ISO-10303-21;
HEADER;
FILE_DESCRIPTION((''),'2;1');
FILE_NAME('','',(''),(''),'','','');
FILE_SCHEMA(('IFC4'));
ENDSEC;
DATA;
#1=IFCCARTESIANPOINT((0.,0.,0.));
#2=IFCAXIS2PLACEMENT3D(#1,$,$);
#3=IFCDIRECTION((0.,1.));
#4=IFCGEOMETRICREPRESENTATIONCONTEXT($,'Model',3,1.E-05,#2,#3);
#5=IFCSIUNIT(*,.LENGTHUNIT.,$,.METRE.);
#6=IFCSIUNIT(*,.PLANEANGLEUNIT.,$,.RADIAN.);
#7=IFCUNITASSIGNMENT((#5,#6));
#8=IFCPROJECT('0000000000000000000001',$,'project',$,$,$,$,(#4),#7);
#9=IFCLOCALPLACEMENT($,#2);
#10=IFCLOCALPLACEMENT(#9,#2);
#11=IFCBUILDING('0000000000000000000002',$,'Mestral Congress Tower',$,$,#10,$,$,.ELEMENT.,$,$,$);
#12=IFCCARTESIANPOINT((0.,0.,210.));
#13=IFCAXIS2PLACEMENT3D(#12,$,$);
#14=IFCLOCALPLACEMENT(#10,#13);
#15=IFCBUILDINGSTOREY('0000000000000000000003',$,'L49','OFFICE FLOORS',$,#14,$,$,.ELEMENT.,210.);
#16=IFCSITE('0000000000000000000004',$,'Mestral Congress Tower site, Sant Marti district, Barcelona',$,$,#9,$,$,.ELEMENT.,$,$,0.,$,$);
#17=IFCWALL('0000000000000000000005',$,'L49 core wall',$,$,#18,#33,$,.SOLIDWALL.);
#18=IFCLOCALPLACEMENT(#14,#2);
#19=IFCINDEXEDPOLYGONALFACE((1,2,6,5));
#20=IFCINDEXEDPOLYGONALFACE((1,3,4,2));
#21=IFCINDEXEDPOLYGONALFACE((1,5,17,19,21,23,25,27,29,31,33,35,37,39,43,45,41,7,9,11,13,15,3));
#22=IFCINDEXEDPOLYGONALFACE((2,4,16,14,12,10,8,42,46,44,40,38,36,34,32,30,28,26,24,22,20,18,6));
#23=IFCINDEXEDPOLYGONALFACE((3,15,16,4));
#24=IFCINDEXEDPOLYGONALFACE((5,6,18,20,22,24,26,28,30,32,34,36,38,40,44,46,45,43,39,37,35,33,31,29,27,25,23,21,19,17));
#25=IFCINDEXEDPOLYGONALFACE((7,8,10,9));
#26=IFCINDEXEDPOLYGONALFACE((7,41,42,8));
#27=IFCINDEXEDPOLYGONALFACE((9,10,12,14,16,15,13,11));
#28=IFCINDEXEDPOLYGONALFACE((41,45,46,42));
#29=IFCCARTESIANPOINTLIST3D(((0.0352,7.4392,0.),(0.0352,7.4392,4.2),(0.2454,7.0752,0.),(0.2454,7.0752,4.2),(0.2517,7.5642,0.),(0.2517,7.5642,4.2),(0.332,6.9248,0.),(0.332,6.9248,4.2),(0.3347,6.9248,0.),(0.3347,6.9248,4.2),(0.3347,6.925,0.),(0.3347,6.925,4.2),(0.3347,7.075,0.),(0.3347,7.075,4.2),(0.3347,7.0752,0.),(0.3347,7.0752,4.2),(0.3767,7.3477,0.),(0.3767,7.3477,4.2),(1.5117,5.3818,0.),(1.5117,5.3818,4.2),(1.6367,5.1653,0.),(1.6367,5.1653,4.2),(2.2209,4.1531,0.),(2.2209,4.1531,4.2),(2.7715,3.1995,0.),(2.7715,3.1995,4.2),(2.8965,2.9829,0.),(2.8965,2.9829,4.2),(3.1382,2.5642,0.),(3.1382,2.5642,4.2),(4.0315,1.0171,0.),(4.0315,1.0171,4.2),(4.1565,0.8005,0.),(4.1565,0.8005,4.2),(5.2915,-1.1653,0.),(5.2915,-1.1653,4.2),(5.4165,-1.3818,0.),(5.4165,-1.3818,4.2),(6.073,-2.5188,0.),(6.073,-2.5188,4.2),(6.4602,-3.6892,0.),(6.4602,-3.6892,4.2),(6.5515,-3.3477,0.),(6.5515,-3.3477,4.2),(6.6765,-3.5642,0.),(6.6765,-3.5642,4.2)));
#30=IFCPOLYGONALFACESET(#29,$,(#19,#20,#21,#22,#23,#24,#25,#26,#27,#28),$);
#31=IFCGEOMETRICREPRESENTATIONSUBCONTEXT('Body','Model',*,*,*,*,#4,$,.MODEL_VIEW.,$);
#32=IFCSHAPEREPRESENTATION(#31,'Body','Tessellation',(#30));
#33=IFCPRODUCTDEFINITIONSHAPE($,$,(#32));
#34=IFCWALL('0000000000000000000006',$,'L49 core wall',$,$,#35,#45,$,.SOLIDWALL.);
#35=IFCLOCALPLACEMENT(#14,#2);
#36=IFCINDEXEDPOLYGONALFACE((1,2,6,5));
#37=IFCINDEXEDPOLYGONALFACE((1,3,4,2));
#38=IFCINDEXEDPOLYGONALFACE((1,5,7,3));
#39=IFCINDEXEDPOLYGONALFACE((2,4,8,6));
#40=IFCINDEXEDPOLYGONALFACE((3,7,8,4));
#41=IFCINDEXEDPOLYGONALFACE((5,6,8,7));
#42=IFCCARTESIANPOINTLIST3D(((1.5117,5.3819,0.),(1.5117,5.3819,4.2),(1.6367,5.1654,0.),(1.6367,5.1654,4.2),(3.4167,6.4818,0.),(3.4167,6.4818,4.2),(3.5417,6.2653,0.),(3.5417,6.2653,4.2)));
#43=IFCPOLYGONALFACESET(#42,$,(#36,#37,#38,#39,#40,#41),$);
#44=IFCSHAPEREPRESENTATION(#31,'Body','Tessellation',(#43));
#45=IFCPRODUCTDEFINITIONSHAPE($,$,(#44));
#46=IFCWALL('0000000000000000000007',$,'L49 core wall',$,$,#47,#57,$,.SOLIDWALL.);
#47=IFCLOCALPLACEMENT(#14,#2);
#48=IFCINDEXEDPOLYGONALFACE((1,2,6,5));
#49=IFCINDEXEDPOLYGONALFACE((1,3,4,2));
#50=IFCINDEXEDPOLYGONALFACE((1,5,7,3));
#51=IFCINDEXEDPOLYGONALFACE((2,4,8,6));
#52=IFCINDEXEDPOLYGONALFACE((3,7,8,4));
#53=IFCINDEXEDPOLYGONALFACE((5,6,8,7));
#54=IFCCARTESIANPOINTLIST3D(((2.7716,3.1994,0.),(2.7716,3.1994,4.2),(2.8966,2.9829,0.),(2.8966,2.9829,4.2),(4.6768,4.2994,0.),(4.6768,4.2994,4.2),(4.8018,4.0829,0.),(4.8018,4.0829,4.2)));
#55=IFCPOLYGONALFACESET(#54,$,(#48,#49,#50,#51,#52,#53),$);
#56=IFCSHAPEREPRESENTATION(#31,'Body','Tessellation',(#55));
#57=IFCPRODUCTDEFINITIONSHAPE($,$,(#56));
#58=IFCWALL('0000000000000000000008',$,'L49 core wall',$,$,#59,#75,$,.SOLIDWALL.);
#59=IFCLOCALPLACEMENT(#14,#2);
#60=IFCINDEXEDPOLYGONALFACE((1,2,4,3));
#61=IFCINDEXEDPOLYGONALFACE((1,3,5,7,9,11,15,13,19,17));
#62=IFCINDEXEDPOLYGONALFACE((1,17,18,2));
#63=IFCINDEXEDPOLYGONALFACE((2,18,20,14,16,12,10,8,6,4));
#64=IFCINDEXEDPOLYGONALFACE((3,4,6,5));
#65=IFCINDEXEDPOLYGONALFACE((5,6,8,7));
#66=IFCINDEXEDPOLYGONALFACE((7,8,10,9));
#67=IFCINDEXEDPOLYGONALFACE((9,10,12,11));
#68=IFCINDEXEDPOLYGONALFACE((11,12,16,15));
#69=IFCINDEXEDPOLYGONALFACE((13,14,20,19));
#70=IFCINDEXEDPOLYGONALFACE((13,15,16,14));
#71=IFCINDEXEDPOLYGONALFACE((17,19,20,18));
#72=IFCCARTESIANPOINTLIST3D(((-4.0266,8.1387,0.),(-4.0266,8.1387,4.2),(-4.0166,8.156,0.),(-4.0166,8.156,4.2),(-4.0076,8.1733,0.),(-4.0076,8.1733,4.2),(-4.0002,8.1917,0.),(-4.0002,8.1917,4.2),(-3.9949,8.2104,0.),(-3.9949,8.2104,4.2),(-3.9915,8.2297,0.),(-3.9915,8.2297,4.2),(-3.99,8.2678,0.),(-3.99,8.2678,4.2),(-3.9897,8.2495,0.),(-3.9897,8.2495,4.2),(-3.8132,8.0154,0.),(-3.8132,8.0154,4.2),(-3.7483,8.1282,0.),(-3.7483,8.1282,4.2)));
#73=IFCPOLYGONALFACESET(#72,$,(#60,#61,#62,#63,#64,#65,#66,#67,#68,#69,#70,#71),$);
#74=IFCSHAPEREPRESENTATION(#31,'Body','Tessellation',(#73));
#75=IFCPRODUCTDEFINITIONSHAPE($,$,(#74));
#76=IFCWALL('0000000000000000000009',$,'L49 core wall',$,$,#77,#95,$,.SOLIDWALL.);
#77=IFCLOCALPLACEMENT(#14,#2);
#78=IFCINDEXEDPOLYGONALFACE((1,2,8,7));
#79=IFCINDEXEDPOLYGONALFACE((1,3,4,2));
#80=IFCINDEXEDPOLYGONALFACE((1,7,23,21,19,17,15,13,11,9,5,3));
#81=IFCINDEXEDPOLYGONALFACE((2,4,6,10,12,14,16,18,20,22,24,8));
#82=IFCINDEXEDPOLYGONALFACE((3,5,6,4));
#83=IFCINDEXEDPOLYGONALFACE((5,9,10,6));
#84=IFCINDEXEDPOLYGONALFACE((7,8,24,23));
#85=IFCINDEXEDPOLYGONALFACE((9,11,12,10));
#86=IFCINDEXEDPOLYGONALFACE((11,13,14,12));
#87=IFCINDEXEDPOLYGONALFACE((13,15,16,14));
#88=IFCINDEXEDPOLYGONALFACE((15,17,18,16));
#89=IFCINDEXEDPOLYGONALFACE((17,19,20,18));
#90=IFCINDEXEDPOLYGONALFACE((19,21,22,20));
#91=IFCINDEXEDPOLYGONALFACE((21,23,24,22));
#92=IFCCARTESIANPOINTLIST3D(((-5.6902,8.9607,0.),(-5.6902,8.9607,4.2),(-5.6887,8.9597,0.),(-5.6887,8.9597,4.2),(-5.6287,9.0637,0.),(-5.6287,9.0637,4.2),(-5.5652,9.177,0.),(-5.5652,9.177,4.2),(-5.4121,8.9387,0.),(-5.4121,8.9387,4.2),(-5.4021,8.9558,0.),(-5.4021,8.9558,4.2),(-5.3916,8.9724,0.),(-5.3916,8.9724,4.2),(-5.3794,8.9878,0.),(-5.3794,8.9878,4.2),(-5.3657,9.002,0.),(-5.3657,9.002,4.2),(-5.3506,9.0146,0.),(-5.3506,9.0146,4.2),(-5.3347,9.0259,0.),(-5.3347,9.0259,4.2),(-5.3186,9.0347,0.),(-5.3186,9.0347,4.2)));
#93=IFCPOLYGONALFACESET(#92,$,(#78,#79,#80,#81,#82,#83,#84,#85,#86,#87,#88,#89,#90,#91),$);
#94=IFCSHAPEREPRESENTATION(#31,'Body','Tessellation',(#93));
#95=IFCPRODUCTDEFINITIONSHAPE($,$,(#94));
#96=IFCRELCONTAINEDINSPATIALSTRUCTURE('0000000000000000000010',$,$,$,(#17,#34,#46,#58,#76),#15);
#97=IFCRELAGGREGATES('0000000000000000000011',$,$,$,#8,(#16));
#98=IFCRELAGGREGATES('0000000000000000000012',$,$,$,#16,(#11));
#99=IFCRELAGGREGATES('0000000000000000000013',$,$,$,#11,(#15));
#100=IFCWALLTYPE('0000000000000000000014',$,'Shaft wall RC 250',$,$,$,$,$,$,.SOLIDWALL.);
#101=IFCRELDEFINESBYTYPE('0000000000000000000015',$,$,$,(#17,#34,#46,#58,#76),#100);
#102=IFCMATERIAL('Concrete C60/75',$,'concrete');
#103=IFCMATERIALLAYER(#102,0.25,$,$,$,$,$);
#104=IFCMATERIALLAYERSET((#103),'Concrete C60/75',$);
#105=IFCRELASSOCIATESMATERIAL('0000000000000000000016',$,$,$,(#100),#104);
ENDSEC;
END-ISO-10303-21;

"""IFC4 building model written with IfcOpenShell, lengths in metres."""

from ifc_helpers import new_model, si_unit, direction, frame, frame_2d, origin, place, context, subcontext, project, spatial, polyline, rectangle, outline, extrude, material, layer, layer_set, type_object, element, save


model = new_model("IFC4")

# Units and contexts
model_context = context("Model", 3, precision=1e-05, world=origin(), true_north=direction((0.0, 1.0)))
body_context = subcontext(model_context, "Body", "Model", "MODEL_VIEW")
ifc_project = project(units=[si_unit("LENGTHUNIT", "METRE"), si_unit("PLANEANGLEUNIT", "RADIAN")], contexts=[model_context])

# Site, building, storey
site_placement = place(None, origin())
site = spatial("IfcSite", under=ifc_project, at=site_placement, Name="Mestral Congress Tower site, Sant Marti district, Barcelona", CompositionType="ELEMENT", RefElevation=0.0)
building_placement = place(site_placement, origin())
building = spatial("IfcBuilding", under=site, at=building_placement, Name="Mestral Congress Tower", CompositionType="ELEMENT")
storey_placement = place(building_placement, frame((0.0, 0.0, 210.0)))
storey = spatial("IfcBuildingStorey", under=building, at=storey_placement, Name="L49", Description="OFFICE FLOORS", CompositionType="ELEMENT", Elevation=210.0)

# Walls
ifc_material_1 = material(Name="Concrete C60/75", Category="concrete")
placement = place(storey_placement, origin())
ifc_layer_1 = layer(ifc_material_1, 0.25)
ifc_layer_set_1 = layer_set([ifc_layer_1], Name="Concrete C60/75")
wall_type_1 = type_object("IfcWallType", Name="Shaft wall RC 250", PredefinedType="SOLIDWALL", material=ifc_layer_set_1)
element("IfcWall", 1, at=placement, inside=storey, type_object=wall_type_1, Name="L49 core wall", PredefinedType="SOLIDWALL", context=body_context, shape_type="SweptSolid", body=[
    extrude(outline(polyline([(0.332, 6.9248), (0.3347, 6.9248), (0.3347, 6.925), (0.3347, 6.925), (0.3347, 7.075), (0.3347, 7.075), (0.3347, 7.0752), (0.2454, 7.0752), (0.0352, 7.4392), (0.2517, 7.5642), (0.3767, 7.3477), (1.5117, 5.3818), (1.6367, 5.1653), (2.2209, 4.1531), (2.7715, 3.1995), (2.8965, 2.9829), (3.1382, 2.5642), (4.0315, 1.0171), (4.1565, 0.8005), (5.2915, -1.1653), (5.4165, -1.3818), (6.073, -2.5188), (6.5515, -3.3477), (6.6765, -3.5642), (6.4602, -3.6892), (0.332, 6.9248)])), origin(), (0.0, 0.0, 1.0), 4.2),
])
wall_1_placement = place(storey_placement, frame((1.5742, 5.2737, 0.0), z_axis=(0.0, 0.0, 1.0), x_axis=(0.866028, 0.499995, 0.0)))
element("IfcWall", 2, at=wall_1_placement, inside=storey, type_object=wall_type_1, Name="L49 core wall", PredefinedType="SOLIDWALL", context=body_context, shape_type="SweptSolid", body=[
    extrude(rectangle(XDim=2.1997, YDim=0.25, at=frame_2d((1.0999, 0.0))), origin(), (0.0, 0.0, 1.0), 4.2),
])
wall_2_placement = place(storey_placement, frame((2.834, 3.0911, 0.0), z_axis=(0.0, 0.0, 1.0), x_axis=(0.866008, 0.50003, 0.0)))
element("IfcWall", 3, at=wall_2_placement, inside=storey, type_object=wall_type_1, Name="L49 core wall", PredefinedType="SOLIDWALL", context=body_context, shape_type="SweptSolid", body=[
    extrude(rectangle(XDim=2.2, YDim=0.25, at=frame_2d((1.1001, 0.0))), origin(), (0.0, 0.0, 1.0), 4.2),
])
element("IfcWall", 4, at=placement, inside=storey, type_object=wall_type_1, Name="L49 core wall", PredefinedType="SOLIDWALL", context=body_context, shape_type="SweptSolid", body=[
    extrude(outline(polyline([(-3.7483, 8.1282), (-3.8132, 8.0154), (-4.0266, 8.1387), (-4.0166, 8.156), (-4.0076, 8.1733), (-4.0002, 8.1917), (-3.9949, 8.2104), (-3.9915, 8.2297), (-3.9897, 8.2495), (-3.99, 8.2678), (-3.7483, 8.1282)])), origin(), (0.0, 0.0, 1.0), 4.2),
])
element("IfcWall", 5, at=placement, inside=storey, type_object=wall_type_1, Name="L49 core wall", PredefinedType="SOLIDWALL", context=body_context, shape_type="SweptSolid", body=[
    extrude(outline(polyline([(-5.6887, 8.9597), (-5.6902, 8.9607), (-5.5652, 9.177), (-5.3186, 9.0347), (-5.3347, 9.0259), (-5.3506, 9.0146), (-5.3657, 9.002), (-5.3794, 8.9878), (-5.3916, 8.9724), (-5.4021, 8.9558), (-5.4121, 8.9387), (-5.6287, 9.0637), (-5.6287, 9.0637), (-5.6887, 8.9597)])), origin(), (0.0, 0.0, 1.0), 4.2),
])

save(model, "model.ifc")
